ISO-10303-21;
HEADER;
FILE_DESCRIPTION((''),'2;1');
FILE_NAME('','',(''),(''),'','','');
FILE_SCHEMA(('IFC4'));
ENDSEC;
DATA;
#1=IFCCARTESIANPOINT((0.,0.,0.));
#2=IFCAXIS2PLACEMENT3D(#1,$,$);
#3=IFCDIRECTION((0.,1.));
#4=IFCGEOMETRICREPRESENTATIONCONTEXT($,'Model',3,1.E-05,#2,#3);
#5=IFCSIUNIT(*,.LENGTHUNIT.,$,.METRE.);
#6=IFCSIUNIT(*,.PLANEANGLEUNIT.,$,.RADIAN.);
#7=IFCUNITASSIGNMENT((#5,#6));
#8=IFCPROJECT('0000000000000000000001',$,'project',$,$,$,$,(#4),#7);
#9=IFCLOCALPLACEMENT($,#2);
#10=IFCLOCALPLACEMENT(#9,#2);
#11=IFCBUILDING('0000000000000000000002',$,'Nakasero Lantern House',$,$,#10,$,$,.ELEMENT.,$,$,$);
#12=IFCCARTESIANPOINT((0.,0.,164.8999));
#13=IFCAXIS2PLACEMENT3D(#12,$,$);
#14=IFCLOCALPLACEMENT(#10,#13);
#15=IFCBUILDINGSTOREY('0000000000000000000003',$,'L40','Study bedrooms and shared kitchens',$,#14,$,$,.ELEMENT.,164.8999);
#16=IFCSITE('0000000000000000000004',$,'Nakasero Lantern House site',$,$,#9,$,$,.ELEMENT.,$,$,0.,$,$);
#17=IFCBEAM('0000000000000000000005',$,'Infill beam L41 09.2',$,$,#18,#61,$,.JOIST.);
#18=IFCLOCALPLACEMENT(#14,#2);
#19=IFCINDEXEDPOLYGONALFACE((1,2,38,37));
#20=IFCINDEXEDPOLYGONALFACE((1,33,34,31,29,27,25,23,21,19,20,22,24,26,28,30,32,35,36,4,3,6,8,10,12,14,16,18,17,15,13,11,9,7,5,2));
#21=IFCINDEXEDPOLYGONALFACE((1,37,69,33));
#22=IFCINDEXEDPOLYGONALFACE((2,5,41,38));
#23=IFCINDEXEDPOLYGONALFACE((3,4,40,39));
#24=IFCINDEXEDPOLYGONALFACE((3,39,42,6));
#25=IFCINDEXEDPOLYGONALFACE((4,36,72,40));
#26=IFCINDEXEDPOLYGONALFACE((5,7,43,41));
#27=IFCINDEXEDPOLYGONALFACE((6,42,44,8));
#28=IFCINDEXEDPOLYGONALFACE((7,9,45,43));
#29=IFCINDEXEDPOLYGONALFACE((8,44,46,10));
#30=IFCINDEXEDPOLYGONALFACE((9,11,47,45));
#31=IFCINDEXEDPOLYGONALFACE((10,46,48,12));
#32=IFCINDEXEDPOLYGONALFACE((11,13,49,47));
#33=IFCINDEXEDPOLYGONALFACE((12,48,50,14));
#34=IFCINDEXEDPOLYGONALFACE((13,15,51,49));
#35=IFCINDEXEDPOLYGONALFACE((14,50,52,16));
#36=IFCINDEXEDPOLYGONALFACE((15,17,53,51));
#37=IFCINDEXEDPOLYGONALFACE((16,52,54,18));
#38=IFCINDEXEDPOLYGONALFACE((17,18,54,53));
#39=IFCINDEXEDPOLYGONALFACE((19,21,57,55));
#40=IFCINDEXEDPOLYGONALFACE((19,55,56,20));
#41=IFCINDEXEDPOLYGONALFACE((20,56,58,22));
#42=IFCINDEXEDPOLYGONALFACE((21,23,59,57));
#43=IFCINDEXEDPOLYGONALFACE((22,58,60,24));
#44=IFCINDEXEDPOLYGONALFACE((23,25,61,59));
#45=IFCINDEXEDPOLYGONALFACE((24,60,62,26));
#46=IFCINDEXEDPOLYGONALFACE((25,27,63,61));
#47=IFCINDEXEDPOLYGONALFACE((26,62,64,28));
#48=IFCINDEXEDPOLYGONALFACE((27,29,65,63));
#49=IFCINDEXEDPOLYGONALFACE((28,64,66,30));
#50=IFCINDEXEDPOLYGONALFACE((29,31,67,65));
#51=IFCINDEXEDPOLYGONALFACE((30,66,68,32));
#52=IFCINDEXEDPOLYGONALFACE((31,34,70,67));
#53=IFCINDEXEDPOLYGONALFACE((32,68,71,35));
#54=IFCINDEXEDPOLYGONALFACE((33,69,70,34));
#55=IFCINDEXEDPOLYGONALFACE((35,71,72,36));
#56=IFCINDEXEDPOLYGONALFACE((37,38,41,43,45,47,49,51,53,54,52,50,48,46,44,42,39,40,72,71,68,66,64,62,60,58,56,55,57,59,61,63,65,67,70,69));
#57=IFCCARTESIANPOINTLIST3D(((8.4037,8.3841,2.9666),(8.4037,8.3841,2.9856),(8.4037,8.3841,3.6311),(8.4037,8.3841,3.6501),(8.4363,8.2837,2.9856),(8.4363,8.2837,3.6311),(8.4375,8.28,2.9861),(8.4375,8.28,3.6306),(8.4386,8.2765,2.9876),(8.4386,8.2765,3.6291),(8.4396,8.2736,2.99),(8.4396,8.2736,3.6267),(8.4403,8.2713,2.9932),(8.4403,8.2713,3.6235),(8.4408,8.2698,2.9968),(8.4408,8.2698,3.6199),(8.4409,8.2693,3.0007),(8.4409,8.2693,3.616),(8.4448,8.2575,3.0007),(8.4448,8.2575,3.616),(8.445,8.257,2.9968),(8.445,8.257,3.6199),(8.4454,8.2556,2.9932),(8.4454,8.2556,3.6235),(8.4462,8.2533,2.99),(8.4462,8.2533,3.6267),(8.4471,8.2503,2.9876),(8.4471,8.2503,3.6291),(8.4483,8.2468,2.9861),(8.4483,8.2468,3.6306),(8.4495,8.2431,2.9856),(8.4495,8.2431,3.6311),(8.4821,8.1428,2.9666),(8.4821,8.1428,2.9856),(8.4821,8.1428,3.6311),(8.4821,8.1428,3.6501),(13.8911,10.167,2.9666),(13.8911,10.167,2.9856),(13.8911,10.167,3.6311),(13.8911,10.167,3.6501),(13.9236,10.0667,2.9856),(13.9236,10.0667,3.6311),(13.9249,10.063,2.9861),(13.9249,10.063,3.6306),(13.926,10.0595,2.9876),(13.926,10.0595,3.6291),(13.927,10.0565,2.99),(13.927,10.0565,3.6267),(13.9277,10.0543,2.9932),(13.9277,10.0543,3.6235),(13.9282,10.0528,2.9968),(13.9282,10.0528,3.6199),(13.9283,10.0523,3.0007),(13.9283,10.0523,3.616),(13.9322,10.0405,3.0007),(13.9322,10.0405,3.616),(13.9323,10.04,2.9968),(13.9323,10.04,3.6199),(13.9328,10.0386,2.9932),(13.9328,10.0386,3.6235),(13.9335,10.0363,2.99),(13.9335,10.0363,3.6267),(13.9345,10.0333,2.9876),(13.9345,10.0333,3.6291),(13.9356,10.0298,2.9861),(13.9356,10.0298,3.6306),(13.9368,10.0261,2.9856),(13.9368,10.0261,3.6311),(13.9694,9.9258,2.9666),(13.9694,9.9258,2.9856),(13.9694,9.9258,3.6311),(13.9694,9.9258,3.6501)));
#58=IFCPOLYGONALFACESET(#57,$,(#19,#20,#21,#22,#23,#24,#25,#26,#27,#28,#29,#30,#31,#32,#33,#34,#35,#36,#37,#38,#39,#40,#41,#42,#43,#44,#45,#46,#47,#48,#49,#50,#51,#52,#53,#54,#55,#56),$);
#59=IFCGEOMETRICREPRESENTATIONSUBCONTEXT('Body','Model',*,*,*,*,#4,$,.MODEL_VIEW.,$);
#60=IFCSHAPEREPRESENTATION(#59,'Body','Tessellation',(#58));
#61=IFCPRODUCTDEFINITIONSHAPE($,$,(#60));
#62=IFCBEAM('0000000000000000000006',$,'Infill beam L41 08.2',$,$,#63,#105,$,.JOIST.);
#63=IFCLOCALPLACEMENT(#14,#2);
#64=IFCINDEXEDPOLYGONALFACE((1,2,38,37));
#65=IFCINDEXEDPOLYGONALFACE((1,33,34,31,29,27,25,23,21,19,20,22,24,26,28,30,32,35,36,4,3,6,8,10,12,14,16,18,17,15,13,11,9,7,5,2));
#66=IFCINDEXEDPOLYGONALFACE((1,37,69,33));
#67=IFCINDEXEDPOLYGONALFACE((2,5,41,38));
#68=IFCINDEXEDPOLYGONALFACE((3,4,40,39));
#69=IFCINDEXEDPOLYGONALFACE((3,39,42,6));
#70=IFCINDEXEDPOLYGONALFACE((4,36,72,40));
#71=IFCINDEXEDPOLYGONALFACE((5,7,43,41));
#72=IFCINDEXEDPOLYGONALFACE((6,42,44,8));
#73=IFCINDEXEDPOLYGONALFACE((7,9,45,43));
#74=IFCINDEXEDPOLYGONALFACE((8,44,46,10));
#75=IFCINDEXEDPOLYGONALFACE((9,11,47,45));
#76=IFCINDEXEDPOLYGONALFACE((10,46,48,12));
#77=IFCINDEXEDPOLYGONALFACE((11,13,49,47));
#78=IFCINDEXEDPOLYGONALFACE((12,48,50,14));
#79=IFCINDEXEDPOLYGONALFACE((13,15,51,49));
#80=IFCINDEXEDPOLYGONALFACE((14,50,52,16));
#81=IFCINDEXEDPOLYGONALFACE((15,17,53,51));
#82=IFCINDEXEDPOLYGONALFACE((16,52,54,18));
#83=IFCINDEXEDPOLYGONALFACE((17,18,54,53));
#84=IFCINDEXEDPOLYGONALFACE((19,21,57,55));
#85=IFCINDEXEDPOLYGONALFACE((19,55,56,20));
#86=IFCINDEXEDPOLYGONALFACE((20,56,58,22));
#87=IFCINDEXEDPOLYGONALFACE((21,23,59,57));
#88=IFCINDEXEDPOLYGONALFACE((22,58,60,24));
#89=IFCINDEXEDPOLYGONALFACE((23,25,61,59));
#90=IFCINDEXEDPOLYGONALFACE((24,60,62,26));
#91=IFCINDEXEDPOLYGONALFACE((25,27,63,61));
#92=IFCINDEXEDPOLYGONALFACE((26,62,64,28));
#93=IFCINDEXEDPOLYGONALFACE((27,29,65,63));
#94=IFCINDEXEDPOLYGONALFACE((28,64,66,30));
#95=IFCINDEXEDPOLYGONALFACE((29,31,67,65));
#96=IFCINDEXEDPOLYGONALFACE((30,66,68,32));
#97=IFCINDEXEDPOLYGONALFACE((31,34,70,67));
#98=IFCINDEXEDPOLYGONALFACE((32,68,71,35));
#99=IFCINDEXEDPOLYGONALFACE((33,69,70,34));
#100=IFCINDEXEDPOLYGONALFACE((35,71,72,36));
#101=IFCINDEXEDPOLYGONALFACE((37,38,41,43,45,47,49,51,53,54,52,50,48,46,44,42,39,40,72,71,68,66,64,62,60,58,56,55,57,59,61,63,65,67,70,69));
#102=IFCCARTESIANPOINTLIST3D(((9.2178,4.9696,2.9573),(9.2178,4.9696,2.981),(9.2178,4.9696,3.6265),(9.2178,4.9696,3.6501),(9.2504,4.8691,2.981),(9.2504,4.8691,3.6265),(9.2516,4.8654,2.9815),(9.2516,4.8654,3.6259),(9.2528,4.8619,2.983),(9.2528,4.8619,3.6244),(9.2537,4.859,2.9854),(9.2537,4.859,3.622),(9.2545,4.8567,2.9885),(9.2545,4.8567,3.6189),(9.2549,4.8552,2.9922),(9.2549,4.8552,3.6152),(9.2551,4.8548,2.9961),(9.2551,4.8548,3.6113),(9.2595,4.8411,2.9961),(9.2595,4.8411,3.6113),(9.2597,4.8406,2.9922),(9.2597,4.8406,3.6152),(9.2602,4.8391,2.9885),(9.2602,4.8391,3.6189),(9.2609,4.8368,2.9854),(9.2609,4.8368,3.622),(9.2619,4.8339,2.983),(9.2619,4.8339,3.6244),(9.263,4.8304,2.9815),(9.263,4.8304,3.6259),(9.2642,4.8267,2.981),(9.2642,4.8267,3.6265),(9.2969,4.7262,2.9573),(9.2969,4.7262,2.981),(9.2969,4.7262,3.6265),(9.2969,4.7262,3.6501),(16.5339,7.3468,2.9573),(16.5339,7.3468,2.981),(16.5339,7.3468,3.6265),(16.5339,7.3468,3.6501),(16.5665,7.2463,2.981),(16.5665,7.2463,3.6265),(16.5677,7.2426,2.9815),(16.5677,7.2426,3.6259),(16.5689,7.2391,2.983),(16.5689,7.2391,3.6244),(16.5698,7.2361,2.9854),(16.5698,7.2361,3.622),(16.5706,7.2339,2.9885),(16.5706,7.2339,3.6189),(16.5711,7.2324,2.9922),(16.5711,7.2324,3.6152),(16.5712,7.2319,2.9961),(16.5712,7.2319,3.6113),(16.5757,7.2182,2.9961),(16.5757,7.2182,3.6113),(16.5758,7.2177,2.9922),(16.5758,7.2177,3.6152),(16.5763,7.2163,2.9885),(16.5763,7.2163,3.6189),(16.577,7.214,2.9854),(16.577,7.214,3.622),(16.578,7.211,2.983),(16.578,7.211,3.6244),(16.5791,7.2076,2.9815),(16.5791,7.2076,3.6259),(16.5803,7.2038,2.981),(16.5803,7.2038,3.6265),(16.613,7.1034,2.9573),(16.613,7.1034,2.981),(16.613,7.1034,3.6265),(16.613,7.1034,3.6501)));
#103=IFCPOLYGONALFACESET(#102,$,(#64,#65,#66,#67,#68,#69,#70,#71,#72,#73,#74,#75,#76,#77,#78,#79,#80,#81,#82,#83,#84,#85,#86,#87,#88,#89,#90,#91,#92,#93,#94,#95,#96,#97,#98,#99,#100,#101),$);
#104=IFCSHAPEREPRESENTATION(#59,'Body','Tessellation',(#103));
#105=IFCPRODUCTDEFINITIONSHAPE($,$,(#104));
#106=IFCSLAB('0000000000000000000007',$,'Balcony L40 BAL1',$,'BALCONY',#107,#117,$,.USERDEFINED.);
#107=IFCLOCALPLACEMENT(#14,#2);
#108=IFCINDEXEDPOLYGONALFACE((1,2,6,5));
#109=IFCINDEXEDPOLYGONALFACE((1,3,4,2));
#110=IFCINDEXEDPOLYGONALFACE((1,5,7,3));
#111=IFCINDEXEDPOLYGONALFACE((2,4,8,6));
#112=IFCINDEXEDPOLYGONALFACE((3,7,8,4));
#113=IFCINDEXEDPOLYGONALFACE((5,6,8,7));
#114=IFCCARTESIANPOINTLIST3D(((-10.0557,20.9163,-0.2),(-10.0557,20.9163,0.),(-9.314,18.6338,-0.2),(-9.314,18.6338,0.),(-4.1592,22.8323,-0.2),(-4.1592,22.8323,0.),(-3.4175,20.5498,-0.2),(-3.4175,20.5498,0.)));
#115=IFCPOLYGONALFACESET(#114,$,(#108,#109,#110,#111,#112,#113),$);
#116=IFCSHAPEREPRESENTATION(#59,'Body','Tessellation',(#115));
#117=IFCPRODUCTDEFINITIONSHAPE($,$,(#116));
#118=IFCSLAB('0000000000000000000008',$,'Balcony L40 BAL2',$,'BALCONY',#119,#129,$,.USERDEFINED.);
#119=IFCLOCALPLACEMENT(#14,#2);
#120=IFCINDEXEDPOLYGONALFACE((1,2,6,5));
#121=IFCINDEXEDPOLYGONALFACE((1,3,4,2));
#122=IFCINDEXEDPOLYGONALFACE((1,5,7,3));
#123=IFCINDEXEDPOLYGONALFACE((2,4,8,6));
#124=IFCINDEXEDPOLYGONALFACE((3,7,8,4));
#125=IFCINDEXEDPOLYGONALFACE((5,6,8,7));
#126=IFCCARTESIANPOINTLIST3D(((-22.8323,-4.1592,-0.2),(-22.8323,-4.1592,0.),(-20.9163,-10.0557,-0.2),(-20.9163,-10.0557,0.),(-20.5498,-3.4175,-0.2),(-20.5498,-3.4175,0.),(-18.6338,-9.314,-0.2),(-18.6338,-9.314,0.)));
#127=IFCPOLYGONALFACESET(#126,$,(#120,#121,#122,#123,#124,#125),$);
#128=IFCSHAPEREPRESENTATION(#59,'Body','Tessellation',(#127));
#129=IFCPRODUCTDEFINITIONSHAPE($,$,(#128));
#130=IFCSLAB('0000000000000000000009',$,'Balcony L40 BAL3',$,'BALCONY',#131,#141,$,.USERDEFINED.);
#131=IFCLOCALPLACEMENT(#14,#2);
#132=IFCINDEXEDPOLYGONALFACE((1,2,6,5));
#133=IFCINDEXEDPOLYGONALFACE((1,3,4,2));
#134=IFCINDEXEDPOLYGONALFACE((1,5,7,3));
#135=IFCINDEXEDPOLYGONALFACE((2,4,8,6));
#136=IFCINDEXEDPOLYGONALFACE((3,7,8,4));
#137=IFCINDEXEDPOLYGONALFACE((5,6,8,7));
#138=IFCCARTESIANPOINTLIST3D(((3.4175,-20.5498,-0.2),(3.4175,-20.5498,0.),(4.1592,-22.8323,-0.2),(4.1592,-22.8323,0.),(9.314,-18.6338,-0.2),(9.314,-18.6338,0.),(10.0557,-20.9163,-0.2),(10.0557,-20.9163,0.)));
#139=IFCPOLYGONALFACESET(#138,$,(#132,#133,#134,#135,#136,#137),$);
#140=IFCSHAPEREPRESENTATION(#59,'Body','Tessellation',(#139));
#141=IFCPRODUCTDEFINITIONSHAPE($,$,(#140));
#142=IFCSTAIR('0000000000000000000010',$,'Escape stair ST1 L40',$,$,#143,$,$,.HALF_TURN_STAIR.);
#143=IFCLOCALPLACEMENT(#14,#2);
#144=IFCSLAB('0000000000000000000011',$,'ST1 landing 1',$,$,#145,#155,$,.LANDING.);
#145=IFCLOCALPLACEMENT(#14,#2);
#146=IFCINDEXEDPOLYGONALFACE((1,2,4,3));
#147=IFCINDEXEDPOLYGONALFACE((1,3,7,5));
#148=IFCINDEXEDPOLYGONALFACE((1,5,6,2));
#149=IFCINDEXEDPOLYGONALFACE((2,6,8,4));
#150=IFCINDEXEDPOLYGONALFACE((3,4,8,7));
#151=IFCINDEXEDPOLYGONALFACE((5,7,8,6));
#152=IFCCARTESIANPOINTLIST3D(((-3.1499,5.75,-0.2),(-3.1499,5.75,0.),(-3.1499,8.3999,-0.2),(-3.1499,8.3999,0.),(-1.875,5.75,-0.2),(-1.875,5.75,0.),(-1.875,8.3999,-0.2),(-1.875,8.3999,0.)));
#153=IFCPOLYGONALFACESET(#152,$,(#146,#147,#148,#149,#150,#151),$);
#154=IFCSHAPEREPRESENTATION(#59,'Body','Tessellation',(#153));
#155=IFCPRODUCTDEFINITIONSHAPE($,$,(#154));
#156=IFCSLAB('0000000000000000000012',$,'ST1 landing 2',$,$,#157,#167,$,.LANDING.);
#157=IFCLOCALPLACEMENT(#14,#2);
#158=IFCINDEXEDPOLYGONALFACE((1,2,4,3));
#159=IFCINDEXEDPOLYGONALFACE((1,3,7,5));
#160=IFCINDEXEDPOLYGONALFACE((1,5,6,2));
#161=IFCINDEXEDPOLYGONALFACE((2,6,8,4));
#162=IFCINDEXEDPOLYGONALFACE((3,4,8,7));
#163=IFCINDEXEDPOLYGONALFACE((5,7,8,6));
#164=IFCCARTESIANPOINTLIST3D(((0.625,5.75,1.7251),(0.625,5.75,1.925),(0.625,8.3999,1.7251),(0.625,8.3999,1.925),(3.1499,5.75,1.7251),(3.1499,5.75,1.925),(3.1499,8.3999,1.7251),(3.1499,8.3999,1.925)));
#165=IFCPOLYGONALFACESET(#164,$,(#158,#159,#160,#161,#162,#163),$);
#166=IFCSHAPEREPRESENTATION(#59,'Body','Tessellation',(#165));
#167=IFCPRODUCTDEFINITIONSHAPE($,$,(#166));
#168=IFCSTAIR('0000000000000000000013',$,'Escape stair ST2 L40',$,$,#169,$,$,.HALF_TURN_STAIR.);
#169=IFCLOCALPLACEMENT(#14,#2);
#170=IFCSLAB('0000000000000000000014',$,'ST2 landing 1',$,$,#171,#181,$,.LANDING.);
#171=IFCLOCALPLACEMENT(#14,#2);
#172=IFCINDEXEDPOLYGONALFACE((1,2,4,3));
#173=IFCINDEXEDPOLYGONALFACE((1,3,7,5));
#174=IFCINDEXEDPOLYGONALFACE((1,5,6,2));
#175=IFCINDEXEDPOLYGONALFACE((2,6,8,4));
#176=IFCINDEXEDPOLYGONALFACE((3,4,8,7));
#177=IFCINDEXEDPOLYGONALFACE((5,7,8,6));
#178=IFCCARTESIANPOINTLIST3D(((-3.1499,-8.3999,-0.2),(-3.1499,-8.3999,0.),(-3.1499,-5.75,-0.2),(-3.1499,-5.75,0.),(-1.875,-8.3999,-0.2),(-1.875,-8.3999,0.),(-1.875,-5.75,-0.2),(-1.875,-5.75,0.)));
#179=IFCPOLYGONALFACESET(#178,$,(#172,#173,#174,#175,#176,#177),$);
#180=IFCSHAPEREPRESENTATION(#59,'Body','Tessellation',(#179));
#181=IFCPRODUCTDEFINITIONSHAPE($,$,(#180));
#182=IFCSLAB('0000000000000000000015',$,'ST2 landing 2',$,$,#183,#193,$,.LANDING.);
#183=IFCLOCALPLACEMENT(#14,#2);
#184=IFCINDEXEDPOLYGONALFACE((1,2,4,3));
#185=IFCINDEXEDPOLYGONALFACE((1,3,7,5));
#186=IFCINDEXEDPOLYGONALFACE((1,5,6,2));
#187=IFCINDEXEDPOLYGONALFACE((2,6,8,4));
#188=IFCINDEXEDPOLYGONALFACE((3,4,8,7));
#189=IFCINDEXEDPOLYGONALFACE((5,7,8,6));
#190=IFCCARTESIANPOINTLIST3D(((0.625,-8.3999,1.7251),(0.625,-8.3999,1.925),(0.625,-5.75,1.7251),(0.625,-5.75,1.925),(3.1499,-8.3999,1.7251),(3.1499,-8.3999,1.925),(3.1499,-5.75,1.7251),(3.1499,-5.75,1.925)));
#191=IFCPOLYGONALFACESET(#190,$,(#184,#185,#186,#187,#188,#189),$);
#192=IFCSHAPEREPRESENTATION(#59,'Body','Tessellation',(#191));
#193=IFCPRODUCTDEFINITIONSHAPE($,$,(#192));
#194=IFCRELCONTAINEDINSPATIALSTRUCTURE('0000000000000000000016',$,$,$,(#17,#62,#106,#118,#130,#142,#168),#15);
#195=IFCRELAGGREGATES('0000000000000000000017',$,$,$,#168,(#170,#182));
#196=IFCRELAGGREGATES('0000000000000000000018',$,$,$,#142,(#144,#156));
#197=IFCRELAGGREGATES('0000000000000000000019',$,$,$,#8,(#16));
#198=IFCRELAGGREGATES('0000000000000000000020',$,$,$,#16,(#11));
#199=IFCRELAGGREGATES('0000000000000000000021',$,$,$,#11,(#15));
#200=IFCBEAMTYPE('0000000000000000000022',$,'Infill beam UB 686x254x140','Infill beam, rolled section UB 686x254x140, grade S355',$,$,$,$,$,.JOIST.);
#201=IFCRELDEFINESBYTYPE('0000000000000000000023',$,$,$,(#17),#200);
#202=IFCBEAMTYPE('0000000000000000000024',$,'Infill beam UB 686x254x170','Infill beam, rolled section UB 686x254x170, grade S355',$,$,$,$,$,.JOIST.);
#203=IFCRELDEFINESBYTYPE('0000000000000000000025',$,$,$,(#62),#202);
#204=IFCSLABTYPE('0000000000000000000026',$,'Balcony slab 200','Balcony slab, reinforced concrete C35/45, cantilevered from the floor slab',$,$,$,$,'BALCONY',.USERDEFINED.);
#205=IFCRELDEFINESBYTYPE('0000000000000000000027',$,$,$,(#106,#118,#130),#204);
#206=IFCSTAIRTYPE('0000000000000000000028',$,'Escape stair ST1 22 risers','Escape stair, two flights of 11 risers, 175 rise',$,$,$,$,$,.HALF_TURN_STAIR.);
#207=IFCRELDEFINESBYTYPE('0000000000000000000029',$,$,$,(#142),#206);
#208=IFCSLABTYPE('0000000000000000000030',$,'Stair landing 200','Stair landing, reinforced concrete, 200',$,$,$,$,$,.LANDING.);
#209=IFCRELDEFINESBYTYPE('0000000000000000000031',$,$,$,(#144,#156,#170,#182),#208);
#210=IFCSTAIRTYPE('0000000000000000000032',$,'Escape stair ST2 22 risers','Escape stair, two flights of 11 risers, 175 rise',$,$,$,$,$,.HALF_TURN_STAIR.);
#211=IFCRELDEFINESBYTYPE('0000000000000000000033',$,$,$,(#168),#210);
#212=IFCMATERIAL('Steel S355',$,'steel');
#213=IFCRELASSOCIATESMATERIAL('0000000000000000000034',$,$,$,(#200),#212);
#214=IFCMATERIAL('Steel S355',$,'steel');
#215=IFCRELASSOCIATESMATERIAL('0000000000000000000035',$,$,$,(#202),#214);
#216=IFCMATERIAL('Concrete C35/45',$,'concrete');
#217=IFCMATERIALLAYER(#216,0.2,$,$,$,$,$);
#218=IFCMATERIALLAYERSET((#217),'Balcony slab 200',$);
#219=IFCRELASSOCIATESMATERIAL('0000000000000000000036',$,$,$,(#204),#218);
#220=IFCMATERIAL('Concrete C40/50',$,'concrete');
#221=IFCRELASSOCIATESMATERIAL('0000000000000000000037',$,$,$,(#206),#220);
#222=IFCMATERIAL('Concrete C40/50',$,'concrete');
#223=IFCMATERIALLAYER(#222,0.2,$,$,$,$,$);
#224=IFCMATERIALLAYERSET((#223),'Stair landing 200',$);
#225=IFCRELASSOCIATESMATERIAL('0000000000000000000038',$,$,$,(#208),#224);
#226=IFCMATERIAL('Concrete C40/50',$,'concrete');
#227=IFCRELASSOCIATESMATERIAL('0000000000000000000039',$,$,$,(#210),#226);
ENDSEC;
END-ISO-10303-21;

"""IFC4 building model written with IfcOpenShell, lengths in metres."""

from ifc_helpers import new_model, si_unit, direction, frame, origin, origin_2d, place, context, subcontext, project, spatial, polyline, i_section, outline, extrude, material, layer, layer_set, material_profile, profile_set, type_object, element, aggregate, save


model = new_model("IFC4")

# Units and contexts
model_context = context("Model", 3, precision=1e-05, world=origin(), true_north=direction((0.0, 1.0)))
body_context = subcontext(model_context, "Body", "Model", "MODEL_VIEW")
ifc_project = project(units=[si_unit("LENGTHUNIT", "METRE"), si_unit("PLANEANGLEUNIT", "RADIAN")], contexts=[model_context])

# Site, building, storey
site_placement = place(None, origin())
site = spatial("IfcSite", under=ifc_project, at=site_placement, Name="Nakasero Lantern House site", CompositionType="ELEMENT", RefElevation=0.0)
building_placement = place(site_placement, origin())
building = spatial("IfcBuilding", under=site, at=building_placement, Name="Nakasero Lantern House", CompositionType="ELEMENT")
storey_placement = place(building_placement, frame((0.0, 0.0, 164.8999)))
storey = spatial("IfcBuildingStorey", under=building, at=storey_placement, Name="L40", Description="Study bedrooms and shared kitchens", CompositionType="ELEMENT", Elevation=164.8999)

# Beams
ifc_material_1 = material(Name="Steel S355", Category="steel")
ifc_material_profile_1 = material_profile(ifc_material_1, i_section(OverallWidth=0.2537, OverallDepth=0.6836, WebThickness=0.0125, FlangeThickness=0.019, FilletRadius=0.0151, at=origin_2d()), Name="UB 686x254x140")
ifc_profile_set_1 = profile_set([ifc_material_profile_1], Name="Steel S355")
beam_type_1 = type_object("IfcBeamType", Name="Infill beam UB 686x254x140", Description="Infill beam, rolled section UB 686x254x140, grade S355", PredefinedType="JOIST", material=ifc_profile_set_1)
beam_1_placement = place(storey_placement, frame((8.4429, 8.2634, 3.3083), z_axis=(0.951055, 0.309021, 0.0), x_axis=(-0.309021, 0.951055, 0.0)))
element("IfcBeam", 1, at=beam_1_placement, inside=storey, type_object=beam_type_1, Name="Infill beam L41 09.2", PredefinedType="JOIST", context=body_context, shape_type="SweptSolid", body=[
    extrude(i_section(OverallWidth=0.2537, OverallDepth=0.6836, WebThickness=0.0125, FlangeThickness=0.019, FilletRadius=0.0151, at=origin_2d()), origin(), (0.0, 0.0, 1.0), 5.7698),
])
ifc_material_2 = material(Name="Steel S355", Category="steel")
ifc_material_profile_2 = material_profile(ifc_material_2, i_section(OverallWidth=0.2559, OverallDepth=0.6929, WebThickness=0.0144, FlangeThickness=0.0237, FilletRadius=0.0151, at=origin_2d()), Name="UB 686x254x170")
ifc_profile_set_2 = profile_set([ifc_material_profile_2], Name="Steel S355")
beam_type_2 = type_object("IfcBeamType", Name="Infill beam UB 686x254x170", Description="Infill beam, rolled section UB 686x254x170, grade S355", PredefinedType="JOIST", material=ifc_profile_set_2)
beam_2_placement = place(storey_placement, frame((9.2573, 4.8479, 3.3037), z_axis=(0.951055, 0.309021, 0.0), x_axis=(-0.309021, 0.951055, 0.0)))
element("IfcBeam", 2, at=beam_2_placement, inside=storey, type_object=beam_type_2, Name="Infill beam L41 08.2", PredefinedType="JOIST", context=body_context, shape_type="SweptSolid", body=[
    extrude(i_section(OverallWidth=0.2559, OverallDepth=0.6929, WebThickness=0.0144, FlangeThickness=0.0237, FilletRadius=0.0151, at=origin_2d()), origin(), (0.0, 0.0, 1.0), 7.6926),
])

# Slabs
ifc_material_3 = material(Name="Concrete C35/45", Category="concrete")
ifc_layer_1 = layer(ifc_material_3, 0.2)
ifc_layer_set_1 = layer_set([ifc_layer_1], Name="Balcony slab 200")
slab_type_1 = type_object("IfcSlabType", Name="Balcony slab 200", Description="Balcony slab, reinforced concrete C35/45, cantilevered from the floor slab", ElementType="BALCONY", PredefinedType="USERDEFINED", material=ifc_layer_set_1)
slab_1_placement = place(storey_placement, frame((0.0, 0.0, -0.2)))
element("IfcSlab", 3, at=slab_1_placement, inside=storey, type_object=slab_type_1, Name="Balcony L40 BAL1", ObjectType="BALCONY", PredefinedType="USERDEFINED", context=body_context, shape_type="SweptSolid", body=[
    extrude(outline(polyline([(-3.4175, 20.5498), (-4.1592, 22.8323), (-10.0557, 20.9163), (-9.314, 18.6338), (-3.4175, 20.5498)])), origin(), (0.0, 0.0, 1.0), 0.2),
])
slab_2_placement = place(storey_placement, frame((0.0, 0.0, -0.2)))
element("IfcSlab", 4, at=slab_2_placement, inside=storey, type_object=slab_type_1, Name="Balcony L40 BAL2", ObjectType="BALCONY", PredefinedType="USERDEFINED", context=body_context, shape_type="SweptSolid", body=[
    extrude(outline(polyline([(-20.5498, -3.4175), (-22.8323, -4.1592), (-20.9163, -10.0557), (-18.6338, -9.314), (-20.5498, -3.4175)])), origin(), (0.0, 0.0, 1.0), 0.2),
])
slab_3_placement = place(storey_placement, frame((0.0, 0.0, -0.2)))
element("IfcSlab", 5, at=slab_3_placement, inside=storey, type_object=slab_type_1, Name="Balcony L40 BAL3", ObjectType="BALCONY", PredefinedType="USERDEFINED", context=body_context, shape_type="SweptSolid", body=[
    extrude(outline(polyline([(3.4175, -20.5498), (4.1592, -22.8323), (10.0557, -20.9163), (9.314, -18.6338), (3.4175, -20.5498)])), origin(), (0.0, 0.0, 1.0), 0.2),
])

# Stairs, slabs
ifc_material_4 = material(Name="Concrete C40/50", Category="concrete")
stair_type_1 = type_object("IfcStairType", Name="Escape stair ST1 22 risers", Description="Escape stair, two flights of 11 risers, 175 rise", PredefinedType="HALF_TURN_STAIR", material=ifc_material_4)
stair_1_placement = place(storey_placement, origin())
stair_1 = element("IfcStair", 6, at=stair_1_placement, inside=storey, type_object=stair_type_1, Name="Escape stair ST1 L40", PredefinedType="HALF_TURN_STAIR")
ifc_material_5 = material(Name="Concrete C40/50", Category="concrete")
ifc_layer_2 = layer(ifc_material_5, 0.2)
ifc_layer_set_2 = layer_set([ifc_layer_2], Name="Stair landing 200")
slab_type_2 = type_object("IfcSlabType", Name="Stair landing 200", Description="Stair landing, reinforced concrete, 200", PredefinedType="LANDING", material=ifc_layer_set_2)
slab_4_placement = place(storey_placement, frame((0.0, 0.0, -0.2)))
slab_4 = element("IfcSlab", 7, at=slab_4_placement, type_object=slab_type_2, Name="ST1 landing 1", PredefinedType="LANDING", context=body_context, shape_type="SweptSolid", body=[
    extrude(outline(polyline([(-3.1499, 5.75), (-1.875, 5.75), (-1.875, 8.3999), (-3.1499, 8.3999), (-3.1499, 5.75)])), origin(), (0.0, 0.0, 1.0), 0.2),
])
slab_5_placement = place(storey_placement, frame((0.0, 0.0, 1.7251)))
slab_5 = element("IfcSlab", 8, at=slab_5_placement, type_object=slab_type_2, Name="ST1 landing 2", PredefinedType="LANDING", context=body_context, shape_type="SweptSolid", body=[
    extrude(outline(polyline([(0.625, 5.75), (3.1499, 5.75), (3.1499, 8.3999), (0.625, 8.3999), (0.625, 5.75)])), origin(), (0.0, 0.0, 1.0), 0.2),
])
ifc_material_6 = material(Name="Concrete C40/50", Category="concrete")
stair_type_2 = type_object("IfcStairType", Name="Escape stair ST2 22 risers", Description="Escape stair, two flights of 11 risers, 175 rise", PredefinedType="HALF_TURN_STAIR", material=ifc_material_6)
stair_2_placement = place(storey_placement, origin())
stair_2 = element("IfcStair", 9, at=stair_2_placement, inside=storey, type_object=stair_type_2, Name="Escape stair ST2 L40", PredefinedType="HALF_TURN_STAIR")
slab_6_placement = place(storey_placement, frame((0.0, 0.0, -0.2)))
slab_6 = element("IfcSlab", 10, at=slab_6_placement, type_object=slab_type_2, Name="ST2 landing 1", PredefinedType="LANDING", context=body_context, shape_type="SweptSolid", body=[
    extrude(outline(polyline([(-3.1499, -8.3999), (-1.875, -8.3999), (-1.875, -5.75), (-3.1499, -5.75), (-3.1499, -8.3999)])), origin(), (0.0, 0.0, 1.0), 0.2),
])
slab_7_placement = place(storey_placement, frame((0.0, 0.0, 1.7251)))
slab_7 = element("IfcSlab", 11, at=slab_7_placement, type_object=slab_type_2, Name="ST2 landing 2", PredefinedType="LANDING", context=body_context, shape_type="SweptSolid", body=[
    extrude(outline(polyline([(0.625, -8.3999), (3.1499, -8.3999), (3.1499, -5.75), (0.625, -5.75), (0.625, -8.3999)])), origin(), (0.0, 0.0, 1.0), 0.2),
])
aggregate(stair_2, [slab_6, slab_7])

aggregate(stair_1, [slab_4, slab_5])

save(model, "model.ifc")
